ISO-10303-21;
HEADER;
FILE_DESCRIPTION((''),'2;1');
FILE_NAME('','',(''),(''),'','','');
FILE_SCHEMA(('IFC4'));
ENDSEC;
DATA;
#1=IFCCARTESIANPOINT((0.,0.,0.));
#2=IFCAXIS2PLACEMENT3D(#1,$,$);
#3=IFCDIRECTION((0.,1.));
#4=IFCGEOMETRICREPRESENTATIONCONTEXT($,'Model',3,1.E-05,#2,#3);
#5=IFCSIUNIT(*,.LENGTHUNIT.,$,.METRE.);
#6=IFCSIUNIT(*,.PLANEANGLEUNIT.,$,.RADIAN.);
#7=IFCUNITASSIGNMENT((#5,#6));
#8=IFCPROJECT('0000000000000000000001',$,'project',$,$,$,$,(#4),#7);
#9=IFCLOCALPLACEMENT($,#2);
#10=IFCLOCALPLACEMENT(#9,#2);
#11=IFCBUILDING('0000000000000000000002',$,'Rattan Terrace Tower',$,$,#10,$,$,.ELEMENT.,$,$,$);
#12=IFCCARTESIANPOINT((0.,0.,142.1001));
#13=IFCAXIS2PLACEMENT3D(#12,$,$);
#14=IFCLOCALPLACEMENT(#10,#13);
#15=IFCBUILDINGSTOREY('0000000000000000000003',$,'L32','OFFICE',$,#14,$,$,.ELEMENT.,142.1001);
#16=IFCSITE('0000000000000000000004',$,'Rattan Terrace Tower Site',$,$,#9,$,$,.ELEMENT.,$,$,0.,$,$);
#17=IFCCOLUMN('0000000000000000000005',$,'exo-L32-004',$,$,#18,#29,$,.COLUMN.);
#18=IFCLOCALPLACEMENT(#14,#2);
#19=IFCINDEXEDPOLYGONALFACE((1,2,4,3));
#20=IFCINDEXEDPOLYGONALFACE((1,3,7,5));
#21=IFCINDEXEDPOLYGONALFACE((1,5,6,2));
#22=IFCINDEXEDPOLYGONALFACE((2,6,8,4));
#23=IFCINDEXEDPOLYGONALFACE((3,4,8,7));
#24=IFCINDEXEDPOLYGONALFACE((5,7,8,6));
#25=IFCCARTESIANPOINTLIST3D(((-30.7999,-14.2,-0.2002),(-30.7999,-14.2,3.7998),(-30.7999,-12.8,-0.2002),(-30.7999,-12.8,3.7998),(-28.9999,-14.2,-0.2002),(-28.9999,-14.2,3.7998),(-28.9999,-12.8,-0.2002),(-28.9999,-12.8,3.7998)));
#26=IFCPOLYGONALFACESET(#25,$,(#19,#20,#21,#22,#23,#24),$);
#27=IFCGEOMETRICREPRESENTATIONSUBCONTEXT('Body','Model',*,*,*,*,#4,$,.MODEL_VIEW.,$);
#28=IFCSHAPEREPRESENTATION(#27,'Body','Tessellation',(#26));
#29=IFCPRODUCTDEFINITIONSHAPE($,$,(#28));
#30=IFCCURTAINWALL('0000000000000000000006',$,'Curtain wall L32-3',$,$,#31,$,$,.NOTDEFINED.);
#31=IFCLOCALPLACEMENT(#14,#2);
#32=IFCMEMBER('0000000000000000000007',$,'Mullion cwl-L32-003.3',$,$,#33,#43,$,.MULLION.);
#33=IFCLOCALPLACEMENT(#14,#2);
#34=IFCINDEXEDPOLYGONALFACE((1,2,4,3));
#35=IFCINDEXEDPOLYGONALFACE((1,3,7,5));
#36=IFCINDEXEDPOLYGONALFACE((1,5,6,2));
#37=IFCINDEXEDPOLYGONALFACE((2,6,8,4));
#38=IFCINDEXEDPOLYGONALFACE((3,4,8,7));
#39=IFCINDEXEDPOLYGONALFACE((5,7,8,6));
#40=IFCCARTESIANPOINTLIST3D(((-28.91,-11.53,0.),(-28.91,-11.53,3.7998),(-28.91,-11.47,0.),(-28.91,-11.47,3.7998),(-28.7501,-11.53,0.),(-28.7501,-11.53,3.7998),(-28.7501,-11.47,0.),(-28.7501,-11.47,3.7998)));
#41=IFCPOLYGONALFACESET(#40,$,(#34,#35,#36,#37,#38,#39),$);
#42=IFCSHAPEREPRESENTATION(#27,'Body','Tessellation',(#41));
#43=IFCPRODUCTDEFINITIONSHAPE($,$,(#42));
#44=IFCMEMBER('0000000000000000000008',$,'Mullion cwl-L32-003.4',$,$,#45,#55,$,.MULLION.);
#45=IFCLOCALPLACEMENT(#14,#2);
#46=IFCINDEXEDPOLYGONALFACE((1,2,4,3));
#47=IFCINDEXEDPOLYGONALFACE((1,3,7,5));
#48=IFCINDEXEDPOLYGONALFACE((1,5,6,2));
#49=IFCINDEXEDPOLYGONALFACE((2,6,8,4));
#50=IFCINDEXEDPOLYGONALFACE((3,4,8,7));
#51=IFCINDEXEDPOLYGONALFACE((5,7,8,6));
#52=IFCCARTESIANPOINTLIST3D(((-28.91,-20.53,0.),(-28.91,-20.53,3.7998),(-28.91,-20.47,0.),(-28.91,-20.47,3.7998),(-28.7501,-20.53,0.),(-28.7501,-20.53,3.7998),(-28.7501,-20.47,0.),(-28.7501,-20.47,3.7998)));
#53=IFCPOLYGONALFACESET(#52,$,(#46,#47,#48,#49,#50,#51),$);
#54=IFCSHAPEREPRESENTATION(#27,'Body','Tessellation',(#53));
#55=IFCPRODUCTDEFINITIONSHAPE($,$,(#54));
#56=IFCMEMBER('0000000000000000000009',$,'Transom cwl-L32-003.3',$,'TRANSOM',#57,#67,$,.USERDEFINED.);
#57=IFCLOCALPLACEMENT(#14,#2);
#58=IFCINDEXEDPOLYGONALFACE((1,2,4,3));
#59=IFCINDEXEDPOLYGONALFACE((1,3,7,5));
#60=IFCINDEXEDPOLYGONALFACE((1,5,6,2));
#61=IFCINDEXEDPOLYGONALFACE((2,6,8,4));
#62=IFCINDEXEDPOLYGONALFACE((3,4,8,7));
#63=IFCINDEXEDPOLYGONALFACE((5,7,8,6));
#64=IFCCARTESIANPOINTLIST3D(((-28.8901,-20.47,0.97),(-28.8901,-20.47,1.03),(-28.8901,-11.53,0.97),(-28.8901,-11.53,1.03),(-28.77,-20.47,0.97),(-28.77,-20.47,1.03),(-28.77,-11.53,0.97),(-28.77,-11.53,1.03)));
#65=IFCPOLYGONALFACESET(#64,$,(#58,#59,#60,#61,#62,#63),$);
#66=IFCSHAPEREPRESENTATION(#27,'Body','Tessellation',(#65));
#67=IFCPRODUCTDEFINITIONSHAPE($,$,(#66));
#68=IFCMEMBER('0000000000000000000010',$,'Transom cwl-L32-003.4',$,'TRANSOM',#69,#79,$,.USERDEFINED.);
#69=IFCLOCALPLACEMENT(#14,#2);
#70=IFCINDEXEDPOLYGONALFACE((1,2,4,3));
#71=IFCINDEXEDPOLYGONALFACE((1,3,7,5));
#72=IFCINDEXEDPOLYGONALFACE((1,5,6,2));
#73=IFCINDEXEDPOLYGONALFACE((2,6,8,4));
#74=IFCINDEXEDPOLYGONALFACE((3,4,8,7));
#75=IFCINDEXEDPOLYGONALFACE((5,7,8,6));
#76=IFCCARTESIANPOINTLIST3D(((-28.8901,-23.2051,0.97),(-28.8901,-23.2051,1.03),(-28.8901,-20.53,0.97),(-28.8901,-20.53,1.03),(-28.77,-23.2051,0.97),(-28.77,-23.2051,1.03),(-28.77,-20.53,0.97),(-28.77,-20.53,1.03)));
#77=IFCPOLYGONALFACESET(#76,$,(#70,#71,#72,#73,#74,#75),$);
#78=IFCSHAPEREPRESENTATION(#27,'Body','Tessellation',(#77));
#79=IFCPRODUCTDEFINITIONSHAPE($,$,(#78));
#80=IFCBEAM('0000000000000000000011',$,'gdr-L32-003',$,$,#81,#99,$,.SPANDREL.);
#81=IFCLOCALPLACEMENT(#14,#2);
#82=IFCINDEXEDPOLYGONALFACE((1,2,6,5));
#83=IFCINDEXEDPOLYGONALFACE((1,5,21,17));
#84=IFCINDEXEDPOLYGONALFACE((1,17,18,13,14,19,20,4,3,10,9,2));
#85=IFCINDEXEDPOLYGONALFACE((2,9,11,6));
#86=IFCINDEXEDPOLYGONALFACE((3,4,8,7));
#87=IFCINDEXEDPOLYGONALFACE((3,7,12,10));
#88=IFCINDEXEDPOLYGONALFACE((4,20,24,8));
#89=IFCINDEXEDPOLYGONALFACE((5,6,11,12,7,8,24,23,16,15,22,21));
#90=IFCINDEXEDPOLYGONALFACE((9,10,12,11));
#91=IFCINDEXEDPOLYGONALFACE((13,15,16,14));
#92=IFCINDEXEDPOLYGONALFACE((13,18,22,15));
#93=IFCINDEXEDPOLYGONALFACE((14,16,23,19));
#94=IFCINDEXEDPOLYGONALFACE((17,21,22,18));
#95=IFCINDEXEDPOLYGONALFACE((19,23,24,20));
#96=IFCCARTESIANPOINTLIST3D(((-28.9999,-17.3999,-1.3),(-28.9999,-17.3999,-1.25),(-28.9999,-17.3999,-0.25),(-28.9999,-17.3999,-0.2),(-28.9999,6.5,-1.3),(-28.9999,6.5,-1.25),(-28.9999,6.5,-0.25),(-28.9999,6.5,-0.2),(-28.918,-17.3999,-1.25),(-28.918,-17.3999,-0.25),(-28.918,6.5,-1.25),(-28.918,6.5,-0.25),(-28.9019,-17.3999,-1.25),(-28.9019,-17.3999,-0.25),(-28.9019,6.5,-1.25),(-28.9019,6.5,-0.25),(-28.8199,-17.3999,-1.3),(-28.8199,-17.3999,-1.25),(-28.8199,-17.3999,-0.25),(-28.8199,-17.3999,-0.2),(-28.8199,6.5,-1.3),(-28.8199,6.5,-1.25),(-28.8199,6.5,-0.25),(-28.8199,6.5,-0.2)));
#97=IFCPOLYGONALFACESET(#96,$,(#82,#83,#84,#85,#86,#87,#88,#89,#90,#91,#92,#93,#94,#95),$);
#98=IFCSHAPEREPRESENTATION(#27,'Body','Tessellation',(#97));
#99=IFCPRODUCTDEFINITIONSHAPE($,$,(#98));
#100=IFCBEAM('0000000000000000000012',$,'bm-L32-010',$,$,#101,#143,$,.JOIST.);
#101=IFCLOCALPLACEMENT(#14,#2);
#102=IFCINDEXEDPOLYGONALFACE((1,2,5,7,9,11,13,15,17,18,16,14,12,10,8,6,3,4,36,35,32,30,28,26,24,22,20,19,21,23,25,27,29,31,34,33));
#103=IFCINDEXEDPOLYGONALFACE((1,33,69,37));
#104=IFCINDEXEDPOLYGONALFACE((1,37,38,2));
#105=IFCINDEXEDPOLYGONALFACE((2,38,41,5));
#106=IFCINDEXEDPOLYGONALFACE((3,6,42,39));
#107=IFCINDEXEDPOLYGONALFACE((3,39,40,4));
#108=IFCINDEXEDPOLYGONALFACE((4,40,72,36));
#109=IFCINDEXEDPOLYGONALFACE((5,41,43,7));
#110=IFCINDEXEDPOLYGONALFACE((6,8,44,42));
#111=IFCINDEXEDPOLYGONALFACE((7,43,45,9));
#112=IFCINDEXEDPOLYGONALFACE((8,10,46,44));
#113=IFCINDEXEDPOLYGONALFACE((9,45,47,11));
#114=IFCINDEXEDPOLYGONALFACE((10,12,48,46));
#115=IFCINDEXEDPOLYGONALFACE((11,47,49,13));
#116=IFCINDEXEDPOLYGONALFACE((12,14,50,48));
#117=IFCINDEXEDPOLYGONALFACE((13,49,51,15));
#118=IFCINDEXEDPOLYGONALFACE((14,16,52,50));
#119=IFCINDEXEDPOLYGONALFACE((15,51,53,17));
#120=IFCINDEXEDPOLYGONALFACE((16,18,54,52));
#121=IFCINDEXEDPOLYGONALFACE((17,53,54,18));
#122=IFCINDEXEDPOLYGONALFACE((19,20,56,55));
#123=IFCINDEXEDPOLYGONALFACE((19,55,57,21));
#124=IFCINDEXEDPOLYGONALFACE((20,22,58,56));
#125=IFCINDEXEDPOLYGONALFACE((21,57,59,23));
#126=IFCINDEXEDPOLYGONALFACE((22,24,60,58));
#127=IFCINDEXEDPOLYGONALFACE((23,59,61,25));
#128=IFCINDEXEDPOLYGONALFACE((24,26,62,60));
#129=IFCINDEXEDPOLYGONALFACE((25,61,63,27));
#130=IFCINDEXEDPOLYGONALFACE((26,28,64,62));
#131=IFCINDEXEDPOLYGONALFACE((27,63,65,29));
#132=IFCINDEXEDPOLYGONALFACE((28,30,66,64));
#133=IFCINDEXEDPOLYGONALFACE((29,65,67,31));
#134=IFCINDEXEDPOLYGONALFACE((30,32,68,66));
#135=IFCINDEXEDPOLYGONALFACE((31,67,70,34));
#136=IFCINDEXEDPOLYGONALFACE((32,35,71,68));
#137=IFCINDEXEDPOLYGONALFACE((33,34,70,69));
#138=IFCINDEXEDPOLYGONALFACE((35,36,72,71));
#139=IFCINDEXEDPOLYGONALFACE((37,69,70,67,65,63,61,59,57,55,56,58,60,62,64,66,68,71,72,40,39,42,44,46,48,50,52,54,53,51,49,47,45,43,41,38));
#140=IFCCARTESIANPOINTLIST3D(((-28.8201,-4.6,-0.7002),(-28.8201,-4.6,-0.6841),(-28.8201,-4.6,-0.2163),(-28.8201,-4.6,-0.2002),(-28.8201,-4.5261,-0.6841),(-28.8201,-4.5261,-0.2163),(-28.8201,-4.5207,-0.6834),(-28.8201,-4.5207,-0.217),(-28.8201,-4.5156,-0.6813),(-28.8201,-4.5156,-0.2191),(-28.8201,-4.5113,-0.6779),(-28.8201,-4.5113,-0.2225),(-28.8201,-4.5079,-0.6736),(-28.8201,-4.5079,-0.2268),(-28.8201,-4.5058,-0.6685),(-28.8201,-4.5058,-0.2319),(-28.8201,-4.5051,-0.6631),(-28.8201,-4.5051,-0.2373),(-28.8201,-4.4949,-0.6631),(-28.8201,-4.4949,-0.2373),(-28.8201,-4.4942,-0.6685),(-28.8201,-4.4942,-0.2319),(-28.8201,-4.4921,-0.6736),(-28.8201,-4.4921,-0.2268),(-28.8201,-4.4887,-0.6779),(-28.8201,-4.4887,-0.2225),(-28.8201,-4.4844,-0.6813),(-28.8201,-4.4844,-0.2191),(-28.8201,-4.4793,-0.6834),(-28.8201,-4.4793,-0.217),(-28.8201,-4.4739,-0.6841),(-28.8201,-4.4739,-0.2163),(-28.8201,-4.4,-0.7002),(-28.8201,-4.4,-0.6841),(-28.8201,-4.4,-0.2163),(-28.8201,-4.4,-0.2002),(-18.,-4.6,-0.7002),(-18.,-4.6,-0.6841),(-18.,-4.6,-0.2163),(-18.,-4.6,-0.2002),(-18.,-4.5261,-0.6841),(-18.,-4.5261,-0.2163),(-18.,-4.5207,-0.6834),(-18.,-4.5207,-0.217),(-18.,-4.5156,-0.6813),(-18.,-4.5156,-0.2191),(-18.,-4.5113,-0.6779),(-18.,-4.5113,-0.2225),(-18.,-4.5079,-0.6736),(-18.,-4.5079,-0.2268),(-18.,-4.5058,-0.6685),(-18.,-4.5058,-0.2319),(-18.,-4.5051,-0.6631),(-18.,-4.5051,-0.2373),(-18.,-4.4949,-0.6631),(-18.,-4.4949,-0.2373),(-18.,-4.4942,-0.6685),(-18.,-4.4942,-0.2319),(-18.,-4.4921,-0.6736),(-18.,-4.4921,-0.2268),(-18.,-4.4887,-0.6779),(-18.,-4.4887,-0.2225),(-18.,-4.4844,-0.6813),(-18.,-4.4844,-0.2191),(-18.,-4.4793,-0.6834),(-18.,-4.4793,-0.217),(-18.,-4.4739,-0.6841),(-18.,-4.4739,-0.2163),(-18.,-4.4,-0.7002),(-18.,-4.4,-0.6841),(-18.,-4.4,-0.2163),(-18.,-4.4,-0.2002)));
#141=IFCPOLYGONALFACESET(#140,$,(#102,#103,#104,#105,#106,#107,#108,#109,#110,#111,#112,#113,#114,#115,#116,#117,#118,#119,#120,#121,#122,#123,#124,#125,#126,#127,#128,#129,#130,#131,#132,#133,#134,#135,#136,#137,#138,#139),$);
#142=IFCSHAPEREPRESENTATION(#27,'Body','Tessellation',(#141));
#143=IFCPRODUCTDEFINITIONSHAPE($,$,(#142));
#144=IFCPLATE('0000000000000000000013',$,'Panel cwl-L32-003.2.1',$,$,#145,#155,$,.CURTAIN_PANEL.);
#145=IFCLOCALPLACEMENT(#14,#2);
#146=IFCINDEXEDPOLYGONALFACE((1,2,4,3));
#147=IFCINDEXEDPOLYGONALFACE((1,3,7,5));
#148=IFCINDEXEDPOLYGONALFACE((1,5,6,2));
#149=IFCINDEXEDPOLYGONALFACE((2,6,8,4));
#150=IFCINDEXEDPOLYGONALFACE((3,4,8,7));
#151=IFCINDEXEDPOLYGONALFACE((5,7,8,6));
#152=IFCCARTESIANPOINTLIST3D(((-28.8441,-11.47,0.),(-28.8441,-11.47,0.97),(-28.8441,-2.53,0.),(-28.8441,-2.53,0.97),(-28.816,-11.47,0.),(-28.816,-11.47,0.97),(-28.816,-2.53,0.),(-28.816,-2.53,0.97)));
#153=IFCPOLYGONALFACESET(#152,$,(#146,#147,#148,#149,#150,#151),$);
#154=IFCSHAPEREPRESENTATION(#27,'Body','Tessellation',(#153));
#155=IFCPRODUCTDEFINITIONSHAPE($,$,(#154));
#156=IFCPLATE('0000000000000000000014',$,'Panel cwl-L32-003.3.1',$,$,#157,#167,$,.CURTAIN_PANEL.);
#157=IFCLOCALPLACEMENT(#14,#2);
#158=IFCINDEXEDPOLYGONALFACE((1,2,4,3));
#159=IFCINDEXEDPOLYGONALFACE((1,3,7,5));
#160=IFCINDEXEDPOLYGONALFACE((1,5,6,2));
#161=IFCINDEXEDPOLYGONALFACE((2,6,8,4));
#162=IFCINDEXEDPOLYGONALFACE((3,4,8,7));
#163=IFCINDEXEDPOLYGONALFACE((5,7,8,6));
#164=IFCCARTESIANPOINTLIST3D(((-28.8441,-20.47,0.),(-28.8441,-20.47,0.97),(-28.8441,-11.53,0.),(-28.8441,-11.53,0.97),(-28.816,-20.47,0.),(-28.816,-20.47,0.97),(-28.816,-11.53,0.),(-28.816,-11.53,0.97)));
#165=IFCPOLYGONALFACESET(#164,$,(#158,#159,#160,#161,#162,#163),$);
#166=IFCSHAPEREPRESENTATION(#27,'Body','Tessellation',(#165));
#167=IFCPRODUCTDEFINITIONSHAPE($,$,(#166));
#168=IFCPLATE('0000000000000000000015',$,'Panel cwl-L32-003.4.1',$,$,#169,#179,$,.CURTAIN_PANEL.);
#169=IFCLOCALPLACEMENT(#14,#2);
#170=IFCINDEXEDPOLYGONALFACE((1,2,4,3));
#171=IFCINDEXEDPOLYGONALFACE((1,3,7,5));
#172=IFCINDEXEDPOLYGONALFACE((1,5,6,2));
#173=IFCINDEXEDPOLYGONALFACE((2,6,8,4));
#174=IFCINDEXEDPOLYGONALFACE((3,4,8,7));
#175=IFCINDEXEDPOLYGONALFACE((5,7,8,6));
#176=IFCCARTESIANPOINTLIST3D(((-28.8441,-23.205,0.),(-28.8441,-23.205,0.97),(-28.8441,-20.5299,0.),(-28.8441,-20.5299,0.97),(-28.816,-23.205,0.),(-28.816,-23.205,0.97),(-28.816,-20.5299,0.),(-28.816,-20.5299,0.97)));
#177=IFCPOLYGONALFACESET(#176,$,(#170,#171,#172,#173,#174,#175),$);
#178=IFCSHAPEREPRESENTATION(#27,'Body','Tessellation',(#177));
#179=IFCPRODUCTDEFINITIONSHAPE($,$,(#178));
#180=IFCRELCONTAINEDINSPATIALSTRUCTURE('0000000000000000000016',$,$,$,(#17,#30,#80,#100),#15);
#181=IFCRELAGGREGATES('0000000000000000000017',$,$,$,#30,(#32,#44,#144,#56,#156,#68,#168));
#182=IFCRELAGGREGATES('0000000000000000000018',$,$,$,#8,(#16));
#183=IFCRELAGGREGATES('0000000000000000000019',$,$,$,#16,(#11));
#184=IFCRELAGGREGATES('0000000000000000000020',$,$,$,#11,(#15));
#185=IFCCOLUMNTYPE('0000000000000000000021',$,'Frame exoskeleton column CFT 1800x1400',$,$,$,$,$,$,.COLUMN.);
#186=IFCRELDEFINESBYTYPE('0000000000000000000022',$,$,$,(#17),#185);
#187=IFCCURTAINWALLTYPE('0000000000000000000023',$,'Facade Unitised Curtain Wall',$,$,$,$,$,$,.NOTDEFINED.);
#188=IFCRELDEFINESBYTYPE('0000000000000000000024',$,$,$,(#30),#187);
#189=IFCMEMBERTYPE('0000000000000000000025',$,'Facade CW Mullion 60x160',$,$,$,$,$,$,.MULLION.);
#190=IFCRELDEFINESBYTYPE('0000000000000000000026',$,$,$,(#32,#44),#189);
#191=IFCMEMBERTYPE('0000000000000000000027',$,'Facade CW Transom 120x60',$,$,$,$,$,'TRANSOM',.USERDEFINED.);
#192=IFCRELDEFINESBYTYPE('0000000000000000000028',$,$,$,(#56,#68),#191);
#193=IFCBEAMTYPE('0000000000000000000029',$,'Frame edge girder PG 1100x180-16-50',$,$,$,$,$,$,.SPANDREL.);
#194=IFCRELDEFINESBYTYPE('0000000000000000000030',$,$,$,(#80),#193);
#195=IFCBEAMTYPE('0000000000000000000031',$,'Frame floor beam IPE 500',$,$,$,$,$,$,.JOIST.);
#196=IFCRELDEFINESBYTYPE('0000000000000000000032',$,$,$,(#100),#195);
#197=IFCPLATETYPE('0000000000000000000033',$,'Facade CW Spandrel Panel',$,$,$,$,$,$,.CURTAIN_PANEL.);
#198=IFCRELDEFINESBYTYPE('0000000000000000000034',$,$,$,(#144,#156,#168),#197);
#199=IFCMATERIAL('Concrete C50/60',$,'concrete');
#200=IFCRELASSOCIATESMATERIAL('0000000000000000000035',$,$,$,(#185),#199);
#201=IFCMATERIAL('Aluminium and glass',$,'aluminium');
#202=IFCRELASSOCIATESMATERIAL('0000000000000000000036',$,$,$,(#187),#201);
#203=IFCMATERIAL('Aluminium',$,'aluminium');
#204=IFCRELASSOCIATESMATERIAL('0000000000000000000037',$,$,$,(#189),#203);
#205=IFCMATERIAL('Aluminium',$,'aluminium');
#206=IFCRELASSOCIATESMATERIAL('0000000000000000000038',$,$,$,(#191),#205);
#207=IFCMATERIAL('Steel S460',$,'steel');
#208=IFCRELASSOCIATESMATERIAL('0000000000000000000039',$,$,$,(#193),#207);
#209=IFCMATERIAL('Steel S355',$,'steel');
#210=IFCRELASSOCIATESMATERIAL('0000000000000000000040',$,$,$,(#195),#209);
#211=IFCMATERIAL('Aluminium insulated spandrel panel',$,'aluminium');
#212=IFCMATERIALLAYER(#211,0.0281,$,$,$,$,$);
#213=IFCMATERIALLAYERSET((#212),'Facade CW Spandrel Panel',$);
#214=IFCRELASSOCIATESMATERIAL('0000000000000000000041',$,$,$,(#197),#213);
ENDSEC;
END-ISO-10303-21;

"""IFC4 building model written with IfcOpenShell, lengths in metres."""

from ifc_helpers import new_model, si_unit, direction, frame, origin, origin_2d, place, context, subcontext, project, spatial, rectangle, i_section, extrude, material, layer, layer_set, material_profile, profile_set, type_object, element, aggregate, save


model = new_model("IFC4")

# Units and contexts
model_context = context("Model", 3, precision=1e-05, world=origin(), true_north=direction((0.0, 1.0)))
body_context = subcontext(model_context, "Body", "Model", "MODEL_VIEW")
ifc_project = project(units=[si_unit("LENGTHUNIT", "METRE"), si_unit("PLANEANGLEUNIT", "RADIAN")], contexts=[model_context])

# Site, building, storey
site_placement = place(None, origin())
site = spatial("IfcSite", under=ifc_project, at=site_placement, Name="Rattan Terrace Tower Site", CompositionType="ELEMENT", RefElevation=0.0)
building_placement = place(site_placement, origin())
building = spatial("IfcBuilding", under=site, at=building_placement, Name="Rattan Terrace Tower", CompositionType="ELEMENT")
storey_placement = place(building_placement, frame((0.0, 0.0, 142.1001)))
storey = spatial("IfcBuildingStorey", under=building, at=storey_placement, Name="L32", Description="OFFICE", CompositionType="ELEMENT", Elevation=142.1001)

# Column
ifc_material_1 = material(Name="Concrete C50/60", Category="concrete")
ifc_material_profile_1 = material_profile(ifc_material_1, rectangle(XDim=1.3999, YDim=1.8, at=origin_2d()), Name="CFT 1800x1400")
ifc_profile_set_1 = profile_set([ifc_material_profile_1], Name="Concrete C50/60")
column_type = type_object("IfcColumnType", Name="Frame exoskeleton column CFT 1800x1400", PredefinedType="COLUMN", material=ifc_profile_set_1)
column_placement = place(storey_placement, frame((-29.8999, -13.5, -0.2002), z_axis=(0.0, 0.0, 1.0), x_axis=(0.0, 1.0, 0.0)))
element("IfcColumn", 1, at=column_placement, inside=storey, type_object=column_type, Name="exo-L32-004", PredefinedType="COLUMN", context=body_context, shape_type="SweptSolid", body=[
    extrude(rectangle(XDim=1.3999, YDim=1.8, at=origin_2d()), origin(), (0.0, 0.0, 1.0), 4.0),
])

# Curtain wall, members
ifc_material_2 = material(Name="Aluminium and glass", Category="aluminium")
curtain_wall_type = type_object("IfcCurtainWallType", Name="Facade Unitised Curtain Wall", PredefinedType="NOTDEFINED", material=ifc_material_2)
curtain_wall_placement = place(storey_placement, origin())
curtain_wall = element("IfcCurtainWall", 2, at=curtain_wall_placement, inside=storey, type_object=curtain_wall_type, Name="Curtain wall L32-3", PredefinedType="NOTDEFINED")
ifc_material_3 = material(Name="Aluminium", Category="aluminium")
ifc_material_profile_2 = material_profile(ifc_material_3, rectangle(XDim=0.0601, YDim=0.1599, at=origin_2d()), Name="Aluminium 60x160")
ifc_profile_set_2 = profile_set([ifc_material_profile_2], Name="Aluminium")
member_type_1 = type_object("IfcMemberType", Name="Facade CW Mullion 60x160", PredefinedType="MULLION", material=ifc_profile_set_2)
member_1_placement = place(storey_placement, frame((-28.8301, -11.5, 0.0), z_axis=(0.0, 0.0, 1.0), x_axis=(0.0, -1.0, 0.0)))
member_1 = element("IfcMember", 3, at=member_1_placement, type_object=member_type_1, Name="Mullion cwl-L32-003.3", PredefinedType="MULLION", context=body_context, shape_type="SweptSolid", body=[
    extrude(rectangle(XDim=0.0601, YDim=0.1599, at=origin_2d()), origin(), (0.0, 0.0, 1.0), 3.7998),
])
member_2_placement = place(storey_placement, frame((-28.8301, -20.5, 0.0), z_axis=(0.0, 0.0, 1.0), x_axis=(0.0, -1.0, 0.0)))
member_2 = element("IfcMember", 4, at=member_2_placement, type_object=member_type_1, Name="Mullion cwl-L32-003.4", PredefinedType="MULLION", context=body_context, shape_type="SweptSolid", body=[
    extrude(rectangle(XDim=0.0601, YDim=0.1599, at=origin_2d()), origin(), (0.0, 0.0, 1.0), 3.7998),
])
ifc_material_4 = material(Name="Aluminium", Category="aluminium")
ifc_material_profile_3 = material_profile(ifc_material_4, rectangle(XDim=0.1201, YDim=0.0601, at=origin_2d()), Name="Aluminium 120x60")
ifc_profile_set_3 = profile_set([ifc_material_profile_3], Name="Aluminium")
member_type_2 = type_object("IfcMemberType", Name="Facade CW Transom 120x60", ElementType="TRANSOM", PredefinedType="USERDEFINED", material=ifc_profile_set_3)
member_3_placement = place(storey_placement, frame((-28.8301, -11.53, 1.0), z_axis=(0.0, -1.0, 0.0), x_axis=(1.0, 0.0, 0.0)))
member_3 = element("IfcMember", 5, at=member_3_placement, type_object=member_type_2, Name="Transom cwl-L32-003.3", ObjectType="TRANSOM", PredefinedType="USERDEFINED", context=body_context, shape_type="SweptSolid", body=[
    extrude(rectangle(XDim=0.1201, YDim=0.0601, at=origin_2d()), origin(), (0.0, 0.0, 1.0), 8.9399),
])
member_4_placement = place(storey_placement, frame((-28.8301, -20.53, 1.0), z_axis=(0.0, -1.0, 0.0), x_axis=(1.0, 0.0, 0.0)))
member_4 = element("IfcMember", 6, at=member_4_placement, type_object=member_type_2, Name="Transom cwl-L32-003.4", ObjectType="TRANSOM", PredefinedType="USERDEFINED", context=body_context, shape_type="SweptSolid", body=[
    extrude(rectangle(XDim=0.1201, YDim=0.0601, at=origin_2d()), origin(), (0.0, 0.0, 1.0), 2.675),
])

# Beams
ifc_material_5 = material(Name="Steel S460", Category="steel")
ifc_material_profile_4 = material_profile(ifc_material_5, i_section(OverallWidth=0.1799, OverallDepth=1.1001, WebThickness=0.0161, FlangeThickness=0.05, at=origin_2d()), Name="PG 1100x180-16-50")
ifc_profile_set_4 = profile_set([ifc_material_profile_4], Name="Steel S460")
beam_type_1 = type_object("IfcBeamType", Name="Frame edge girder PG 1100x180-16-50", PredefinedType="SPANDREL", material=ifc_profile_set_4)
beam_1_placement = place(storey_placement, frame((-28.9099, -17.3999, -0.75), z_axis=(0.0, 1.0, 0.0), x_axis=(-1.0, 0.0, 0.0)))
element("IfcBeam", 7, at=beam_1_placement, inside=storey, type_object=beam_type_1, Name="gdr-L32-003", PredefinedType="SPANDREL", context=body_context, shape_type="SweptSolid", body=[
    extrude(i_section(OverallWidth=0.1799, OverallDepth=1.1001, WebThickness=0.0161, FlangeThickness=0.05, at=origin_2d()), origin(), (0.0, 0.0, 1.0), 23.8999),
])
ifc_material_6 = material(Name="Steel S355", Category="steel")
ifc_material_profile_5 = material_profile(ifc_material_6, i_section(OverallWidth=0.2, OverallDepth=0.5, WebThickness=0.0103, FlangeThickness=0.0161, FilletRadius=0.021, at=origin_2d()), Name="IPE 500")
ifc_profile_set_5 = profile_set([ifc_material_profile_5], Name="Steel S355")
beam_type_2 = type_object("IfcBeamType", Name="Frame floor beam IPE 500", PredefinedType="JOIST", material=ifc_profile_set_5)
beam_2_placement = place(storey_placement, frame((-28.8201, -4.5, -0.4502), z_axis=(1.0, 0.0, 0.0), x_axis=(0.0, 1.0, 0.0)))
element("IfcBeam", 8, at=beam_2_placement, inside=storey, type_object=beam_type_2, Name="bm-L32-010", PredefinedType="JOIST", context=body_context, shape_type="SweptSolid", body=[
    extrude(i_section(OverallWidth=0.2, OverallDepth=0.5, WebThickness=0.0103, FlangeThickness=0.0161, FilletRadius=0.021, at=origin_2d()), origin(), (0.0, 0.0, 1.0), 10.8201),
])

# Plates
ifc_material_7 = material(Name="Aluminium insulated spandrel panel", Category="aluminium")
ifc_layer_1 = layer(ifc_material_7, 0.0281)
ifc_layer_set_1 = layer_set([ifc_layer_1], Name="Facade CW Spandrel Panel")
plate_type_1 = type_object("IfcPlateType", Name="Facade CW Spandrel Panel", PredefinedType="CURTAIN_PANEL", material=ifc_layer_set_1)
plate_1_placement = place(storey_placement, frame((-28.8301, -7.0, 0.0), z_axis=(0.0, 0.0, 1.0), x_axis=(0.0, -1.0, 0.0)))
plate_1 = element("IfcPlate", 9, at=plate_1_placement, type_object=plate_type_1, Name="Panel cwl-L32-003.2.1", PredefinedType="CURTAIN_PANEL", context=body_context, shape_type="SweptSolid", body=[
    extrude(rectangle(XDim=8.9399, YDim=0.0281, at=origin_2d()), origin(), (0.0, 0.0, 1.0), 0.97),
])
plate_2_placement = place(storey_placement, frame((-28.8301, -16.0, 0.0), z_axis=(0.0, 0.0, 1.0), x_axis=(0.0, -1.0, 0.0)))
plate_2 = element("IfcPlate", 10, at=plate_2_placement, type_object=plate_type_1, Name="Panel cwl-L32-003.3.1", PredefinedType="CURTAIN_PANEL", context=body_context, shape_type="SweptSolid", body=[
    extrude(rectangle(XDim=8.9399, YDim=0.0281, at=origin_2d()), origin(), (0.0, 0.0, 1.0), 0.97),
])
plate_3_placement = place(storey_placement, frame((-28.8301, -21.8674, 0.0), z_axis=(0.0, 0.0, 1.0), x_axis=(0.0, -1.0, 0.0)))
plate_3 = element("IfcPlate", 11, at=plate_3_placement, type_object=plate_type_1, Name="Panel cwl-L32-003.4.1", PredefinedType="CURTAIN_PANEL", context=body_context, shape_type="SweptSolid", body=[
    extrude(rectangle(XDim=2.675, YDim=0.0281, at=origin_2d()), origin(), (0.0, 0.0, 1.0), 0.97),
])
aggregate(curtain_wall, [member_1, member_2, plate_1, member_3, plate_2, member_4, plate_3])

save(model, "model.ifc")
